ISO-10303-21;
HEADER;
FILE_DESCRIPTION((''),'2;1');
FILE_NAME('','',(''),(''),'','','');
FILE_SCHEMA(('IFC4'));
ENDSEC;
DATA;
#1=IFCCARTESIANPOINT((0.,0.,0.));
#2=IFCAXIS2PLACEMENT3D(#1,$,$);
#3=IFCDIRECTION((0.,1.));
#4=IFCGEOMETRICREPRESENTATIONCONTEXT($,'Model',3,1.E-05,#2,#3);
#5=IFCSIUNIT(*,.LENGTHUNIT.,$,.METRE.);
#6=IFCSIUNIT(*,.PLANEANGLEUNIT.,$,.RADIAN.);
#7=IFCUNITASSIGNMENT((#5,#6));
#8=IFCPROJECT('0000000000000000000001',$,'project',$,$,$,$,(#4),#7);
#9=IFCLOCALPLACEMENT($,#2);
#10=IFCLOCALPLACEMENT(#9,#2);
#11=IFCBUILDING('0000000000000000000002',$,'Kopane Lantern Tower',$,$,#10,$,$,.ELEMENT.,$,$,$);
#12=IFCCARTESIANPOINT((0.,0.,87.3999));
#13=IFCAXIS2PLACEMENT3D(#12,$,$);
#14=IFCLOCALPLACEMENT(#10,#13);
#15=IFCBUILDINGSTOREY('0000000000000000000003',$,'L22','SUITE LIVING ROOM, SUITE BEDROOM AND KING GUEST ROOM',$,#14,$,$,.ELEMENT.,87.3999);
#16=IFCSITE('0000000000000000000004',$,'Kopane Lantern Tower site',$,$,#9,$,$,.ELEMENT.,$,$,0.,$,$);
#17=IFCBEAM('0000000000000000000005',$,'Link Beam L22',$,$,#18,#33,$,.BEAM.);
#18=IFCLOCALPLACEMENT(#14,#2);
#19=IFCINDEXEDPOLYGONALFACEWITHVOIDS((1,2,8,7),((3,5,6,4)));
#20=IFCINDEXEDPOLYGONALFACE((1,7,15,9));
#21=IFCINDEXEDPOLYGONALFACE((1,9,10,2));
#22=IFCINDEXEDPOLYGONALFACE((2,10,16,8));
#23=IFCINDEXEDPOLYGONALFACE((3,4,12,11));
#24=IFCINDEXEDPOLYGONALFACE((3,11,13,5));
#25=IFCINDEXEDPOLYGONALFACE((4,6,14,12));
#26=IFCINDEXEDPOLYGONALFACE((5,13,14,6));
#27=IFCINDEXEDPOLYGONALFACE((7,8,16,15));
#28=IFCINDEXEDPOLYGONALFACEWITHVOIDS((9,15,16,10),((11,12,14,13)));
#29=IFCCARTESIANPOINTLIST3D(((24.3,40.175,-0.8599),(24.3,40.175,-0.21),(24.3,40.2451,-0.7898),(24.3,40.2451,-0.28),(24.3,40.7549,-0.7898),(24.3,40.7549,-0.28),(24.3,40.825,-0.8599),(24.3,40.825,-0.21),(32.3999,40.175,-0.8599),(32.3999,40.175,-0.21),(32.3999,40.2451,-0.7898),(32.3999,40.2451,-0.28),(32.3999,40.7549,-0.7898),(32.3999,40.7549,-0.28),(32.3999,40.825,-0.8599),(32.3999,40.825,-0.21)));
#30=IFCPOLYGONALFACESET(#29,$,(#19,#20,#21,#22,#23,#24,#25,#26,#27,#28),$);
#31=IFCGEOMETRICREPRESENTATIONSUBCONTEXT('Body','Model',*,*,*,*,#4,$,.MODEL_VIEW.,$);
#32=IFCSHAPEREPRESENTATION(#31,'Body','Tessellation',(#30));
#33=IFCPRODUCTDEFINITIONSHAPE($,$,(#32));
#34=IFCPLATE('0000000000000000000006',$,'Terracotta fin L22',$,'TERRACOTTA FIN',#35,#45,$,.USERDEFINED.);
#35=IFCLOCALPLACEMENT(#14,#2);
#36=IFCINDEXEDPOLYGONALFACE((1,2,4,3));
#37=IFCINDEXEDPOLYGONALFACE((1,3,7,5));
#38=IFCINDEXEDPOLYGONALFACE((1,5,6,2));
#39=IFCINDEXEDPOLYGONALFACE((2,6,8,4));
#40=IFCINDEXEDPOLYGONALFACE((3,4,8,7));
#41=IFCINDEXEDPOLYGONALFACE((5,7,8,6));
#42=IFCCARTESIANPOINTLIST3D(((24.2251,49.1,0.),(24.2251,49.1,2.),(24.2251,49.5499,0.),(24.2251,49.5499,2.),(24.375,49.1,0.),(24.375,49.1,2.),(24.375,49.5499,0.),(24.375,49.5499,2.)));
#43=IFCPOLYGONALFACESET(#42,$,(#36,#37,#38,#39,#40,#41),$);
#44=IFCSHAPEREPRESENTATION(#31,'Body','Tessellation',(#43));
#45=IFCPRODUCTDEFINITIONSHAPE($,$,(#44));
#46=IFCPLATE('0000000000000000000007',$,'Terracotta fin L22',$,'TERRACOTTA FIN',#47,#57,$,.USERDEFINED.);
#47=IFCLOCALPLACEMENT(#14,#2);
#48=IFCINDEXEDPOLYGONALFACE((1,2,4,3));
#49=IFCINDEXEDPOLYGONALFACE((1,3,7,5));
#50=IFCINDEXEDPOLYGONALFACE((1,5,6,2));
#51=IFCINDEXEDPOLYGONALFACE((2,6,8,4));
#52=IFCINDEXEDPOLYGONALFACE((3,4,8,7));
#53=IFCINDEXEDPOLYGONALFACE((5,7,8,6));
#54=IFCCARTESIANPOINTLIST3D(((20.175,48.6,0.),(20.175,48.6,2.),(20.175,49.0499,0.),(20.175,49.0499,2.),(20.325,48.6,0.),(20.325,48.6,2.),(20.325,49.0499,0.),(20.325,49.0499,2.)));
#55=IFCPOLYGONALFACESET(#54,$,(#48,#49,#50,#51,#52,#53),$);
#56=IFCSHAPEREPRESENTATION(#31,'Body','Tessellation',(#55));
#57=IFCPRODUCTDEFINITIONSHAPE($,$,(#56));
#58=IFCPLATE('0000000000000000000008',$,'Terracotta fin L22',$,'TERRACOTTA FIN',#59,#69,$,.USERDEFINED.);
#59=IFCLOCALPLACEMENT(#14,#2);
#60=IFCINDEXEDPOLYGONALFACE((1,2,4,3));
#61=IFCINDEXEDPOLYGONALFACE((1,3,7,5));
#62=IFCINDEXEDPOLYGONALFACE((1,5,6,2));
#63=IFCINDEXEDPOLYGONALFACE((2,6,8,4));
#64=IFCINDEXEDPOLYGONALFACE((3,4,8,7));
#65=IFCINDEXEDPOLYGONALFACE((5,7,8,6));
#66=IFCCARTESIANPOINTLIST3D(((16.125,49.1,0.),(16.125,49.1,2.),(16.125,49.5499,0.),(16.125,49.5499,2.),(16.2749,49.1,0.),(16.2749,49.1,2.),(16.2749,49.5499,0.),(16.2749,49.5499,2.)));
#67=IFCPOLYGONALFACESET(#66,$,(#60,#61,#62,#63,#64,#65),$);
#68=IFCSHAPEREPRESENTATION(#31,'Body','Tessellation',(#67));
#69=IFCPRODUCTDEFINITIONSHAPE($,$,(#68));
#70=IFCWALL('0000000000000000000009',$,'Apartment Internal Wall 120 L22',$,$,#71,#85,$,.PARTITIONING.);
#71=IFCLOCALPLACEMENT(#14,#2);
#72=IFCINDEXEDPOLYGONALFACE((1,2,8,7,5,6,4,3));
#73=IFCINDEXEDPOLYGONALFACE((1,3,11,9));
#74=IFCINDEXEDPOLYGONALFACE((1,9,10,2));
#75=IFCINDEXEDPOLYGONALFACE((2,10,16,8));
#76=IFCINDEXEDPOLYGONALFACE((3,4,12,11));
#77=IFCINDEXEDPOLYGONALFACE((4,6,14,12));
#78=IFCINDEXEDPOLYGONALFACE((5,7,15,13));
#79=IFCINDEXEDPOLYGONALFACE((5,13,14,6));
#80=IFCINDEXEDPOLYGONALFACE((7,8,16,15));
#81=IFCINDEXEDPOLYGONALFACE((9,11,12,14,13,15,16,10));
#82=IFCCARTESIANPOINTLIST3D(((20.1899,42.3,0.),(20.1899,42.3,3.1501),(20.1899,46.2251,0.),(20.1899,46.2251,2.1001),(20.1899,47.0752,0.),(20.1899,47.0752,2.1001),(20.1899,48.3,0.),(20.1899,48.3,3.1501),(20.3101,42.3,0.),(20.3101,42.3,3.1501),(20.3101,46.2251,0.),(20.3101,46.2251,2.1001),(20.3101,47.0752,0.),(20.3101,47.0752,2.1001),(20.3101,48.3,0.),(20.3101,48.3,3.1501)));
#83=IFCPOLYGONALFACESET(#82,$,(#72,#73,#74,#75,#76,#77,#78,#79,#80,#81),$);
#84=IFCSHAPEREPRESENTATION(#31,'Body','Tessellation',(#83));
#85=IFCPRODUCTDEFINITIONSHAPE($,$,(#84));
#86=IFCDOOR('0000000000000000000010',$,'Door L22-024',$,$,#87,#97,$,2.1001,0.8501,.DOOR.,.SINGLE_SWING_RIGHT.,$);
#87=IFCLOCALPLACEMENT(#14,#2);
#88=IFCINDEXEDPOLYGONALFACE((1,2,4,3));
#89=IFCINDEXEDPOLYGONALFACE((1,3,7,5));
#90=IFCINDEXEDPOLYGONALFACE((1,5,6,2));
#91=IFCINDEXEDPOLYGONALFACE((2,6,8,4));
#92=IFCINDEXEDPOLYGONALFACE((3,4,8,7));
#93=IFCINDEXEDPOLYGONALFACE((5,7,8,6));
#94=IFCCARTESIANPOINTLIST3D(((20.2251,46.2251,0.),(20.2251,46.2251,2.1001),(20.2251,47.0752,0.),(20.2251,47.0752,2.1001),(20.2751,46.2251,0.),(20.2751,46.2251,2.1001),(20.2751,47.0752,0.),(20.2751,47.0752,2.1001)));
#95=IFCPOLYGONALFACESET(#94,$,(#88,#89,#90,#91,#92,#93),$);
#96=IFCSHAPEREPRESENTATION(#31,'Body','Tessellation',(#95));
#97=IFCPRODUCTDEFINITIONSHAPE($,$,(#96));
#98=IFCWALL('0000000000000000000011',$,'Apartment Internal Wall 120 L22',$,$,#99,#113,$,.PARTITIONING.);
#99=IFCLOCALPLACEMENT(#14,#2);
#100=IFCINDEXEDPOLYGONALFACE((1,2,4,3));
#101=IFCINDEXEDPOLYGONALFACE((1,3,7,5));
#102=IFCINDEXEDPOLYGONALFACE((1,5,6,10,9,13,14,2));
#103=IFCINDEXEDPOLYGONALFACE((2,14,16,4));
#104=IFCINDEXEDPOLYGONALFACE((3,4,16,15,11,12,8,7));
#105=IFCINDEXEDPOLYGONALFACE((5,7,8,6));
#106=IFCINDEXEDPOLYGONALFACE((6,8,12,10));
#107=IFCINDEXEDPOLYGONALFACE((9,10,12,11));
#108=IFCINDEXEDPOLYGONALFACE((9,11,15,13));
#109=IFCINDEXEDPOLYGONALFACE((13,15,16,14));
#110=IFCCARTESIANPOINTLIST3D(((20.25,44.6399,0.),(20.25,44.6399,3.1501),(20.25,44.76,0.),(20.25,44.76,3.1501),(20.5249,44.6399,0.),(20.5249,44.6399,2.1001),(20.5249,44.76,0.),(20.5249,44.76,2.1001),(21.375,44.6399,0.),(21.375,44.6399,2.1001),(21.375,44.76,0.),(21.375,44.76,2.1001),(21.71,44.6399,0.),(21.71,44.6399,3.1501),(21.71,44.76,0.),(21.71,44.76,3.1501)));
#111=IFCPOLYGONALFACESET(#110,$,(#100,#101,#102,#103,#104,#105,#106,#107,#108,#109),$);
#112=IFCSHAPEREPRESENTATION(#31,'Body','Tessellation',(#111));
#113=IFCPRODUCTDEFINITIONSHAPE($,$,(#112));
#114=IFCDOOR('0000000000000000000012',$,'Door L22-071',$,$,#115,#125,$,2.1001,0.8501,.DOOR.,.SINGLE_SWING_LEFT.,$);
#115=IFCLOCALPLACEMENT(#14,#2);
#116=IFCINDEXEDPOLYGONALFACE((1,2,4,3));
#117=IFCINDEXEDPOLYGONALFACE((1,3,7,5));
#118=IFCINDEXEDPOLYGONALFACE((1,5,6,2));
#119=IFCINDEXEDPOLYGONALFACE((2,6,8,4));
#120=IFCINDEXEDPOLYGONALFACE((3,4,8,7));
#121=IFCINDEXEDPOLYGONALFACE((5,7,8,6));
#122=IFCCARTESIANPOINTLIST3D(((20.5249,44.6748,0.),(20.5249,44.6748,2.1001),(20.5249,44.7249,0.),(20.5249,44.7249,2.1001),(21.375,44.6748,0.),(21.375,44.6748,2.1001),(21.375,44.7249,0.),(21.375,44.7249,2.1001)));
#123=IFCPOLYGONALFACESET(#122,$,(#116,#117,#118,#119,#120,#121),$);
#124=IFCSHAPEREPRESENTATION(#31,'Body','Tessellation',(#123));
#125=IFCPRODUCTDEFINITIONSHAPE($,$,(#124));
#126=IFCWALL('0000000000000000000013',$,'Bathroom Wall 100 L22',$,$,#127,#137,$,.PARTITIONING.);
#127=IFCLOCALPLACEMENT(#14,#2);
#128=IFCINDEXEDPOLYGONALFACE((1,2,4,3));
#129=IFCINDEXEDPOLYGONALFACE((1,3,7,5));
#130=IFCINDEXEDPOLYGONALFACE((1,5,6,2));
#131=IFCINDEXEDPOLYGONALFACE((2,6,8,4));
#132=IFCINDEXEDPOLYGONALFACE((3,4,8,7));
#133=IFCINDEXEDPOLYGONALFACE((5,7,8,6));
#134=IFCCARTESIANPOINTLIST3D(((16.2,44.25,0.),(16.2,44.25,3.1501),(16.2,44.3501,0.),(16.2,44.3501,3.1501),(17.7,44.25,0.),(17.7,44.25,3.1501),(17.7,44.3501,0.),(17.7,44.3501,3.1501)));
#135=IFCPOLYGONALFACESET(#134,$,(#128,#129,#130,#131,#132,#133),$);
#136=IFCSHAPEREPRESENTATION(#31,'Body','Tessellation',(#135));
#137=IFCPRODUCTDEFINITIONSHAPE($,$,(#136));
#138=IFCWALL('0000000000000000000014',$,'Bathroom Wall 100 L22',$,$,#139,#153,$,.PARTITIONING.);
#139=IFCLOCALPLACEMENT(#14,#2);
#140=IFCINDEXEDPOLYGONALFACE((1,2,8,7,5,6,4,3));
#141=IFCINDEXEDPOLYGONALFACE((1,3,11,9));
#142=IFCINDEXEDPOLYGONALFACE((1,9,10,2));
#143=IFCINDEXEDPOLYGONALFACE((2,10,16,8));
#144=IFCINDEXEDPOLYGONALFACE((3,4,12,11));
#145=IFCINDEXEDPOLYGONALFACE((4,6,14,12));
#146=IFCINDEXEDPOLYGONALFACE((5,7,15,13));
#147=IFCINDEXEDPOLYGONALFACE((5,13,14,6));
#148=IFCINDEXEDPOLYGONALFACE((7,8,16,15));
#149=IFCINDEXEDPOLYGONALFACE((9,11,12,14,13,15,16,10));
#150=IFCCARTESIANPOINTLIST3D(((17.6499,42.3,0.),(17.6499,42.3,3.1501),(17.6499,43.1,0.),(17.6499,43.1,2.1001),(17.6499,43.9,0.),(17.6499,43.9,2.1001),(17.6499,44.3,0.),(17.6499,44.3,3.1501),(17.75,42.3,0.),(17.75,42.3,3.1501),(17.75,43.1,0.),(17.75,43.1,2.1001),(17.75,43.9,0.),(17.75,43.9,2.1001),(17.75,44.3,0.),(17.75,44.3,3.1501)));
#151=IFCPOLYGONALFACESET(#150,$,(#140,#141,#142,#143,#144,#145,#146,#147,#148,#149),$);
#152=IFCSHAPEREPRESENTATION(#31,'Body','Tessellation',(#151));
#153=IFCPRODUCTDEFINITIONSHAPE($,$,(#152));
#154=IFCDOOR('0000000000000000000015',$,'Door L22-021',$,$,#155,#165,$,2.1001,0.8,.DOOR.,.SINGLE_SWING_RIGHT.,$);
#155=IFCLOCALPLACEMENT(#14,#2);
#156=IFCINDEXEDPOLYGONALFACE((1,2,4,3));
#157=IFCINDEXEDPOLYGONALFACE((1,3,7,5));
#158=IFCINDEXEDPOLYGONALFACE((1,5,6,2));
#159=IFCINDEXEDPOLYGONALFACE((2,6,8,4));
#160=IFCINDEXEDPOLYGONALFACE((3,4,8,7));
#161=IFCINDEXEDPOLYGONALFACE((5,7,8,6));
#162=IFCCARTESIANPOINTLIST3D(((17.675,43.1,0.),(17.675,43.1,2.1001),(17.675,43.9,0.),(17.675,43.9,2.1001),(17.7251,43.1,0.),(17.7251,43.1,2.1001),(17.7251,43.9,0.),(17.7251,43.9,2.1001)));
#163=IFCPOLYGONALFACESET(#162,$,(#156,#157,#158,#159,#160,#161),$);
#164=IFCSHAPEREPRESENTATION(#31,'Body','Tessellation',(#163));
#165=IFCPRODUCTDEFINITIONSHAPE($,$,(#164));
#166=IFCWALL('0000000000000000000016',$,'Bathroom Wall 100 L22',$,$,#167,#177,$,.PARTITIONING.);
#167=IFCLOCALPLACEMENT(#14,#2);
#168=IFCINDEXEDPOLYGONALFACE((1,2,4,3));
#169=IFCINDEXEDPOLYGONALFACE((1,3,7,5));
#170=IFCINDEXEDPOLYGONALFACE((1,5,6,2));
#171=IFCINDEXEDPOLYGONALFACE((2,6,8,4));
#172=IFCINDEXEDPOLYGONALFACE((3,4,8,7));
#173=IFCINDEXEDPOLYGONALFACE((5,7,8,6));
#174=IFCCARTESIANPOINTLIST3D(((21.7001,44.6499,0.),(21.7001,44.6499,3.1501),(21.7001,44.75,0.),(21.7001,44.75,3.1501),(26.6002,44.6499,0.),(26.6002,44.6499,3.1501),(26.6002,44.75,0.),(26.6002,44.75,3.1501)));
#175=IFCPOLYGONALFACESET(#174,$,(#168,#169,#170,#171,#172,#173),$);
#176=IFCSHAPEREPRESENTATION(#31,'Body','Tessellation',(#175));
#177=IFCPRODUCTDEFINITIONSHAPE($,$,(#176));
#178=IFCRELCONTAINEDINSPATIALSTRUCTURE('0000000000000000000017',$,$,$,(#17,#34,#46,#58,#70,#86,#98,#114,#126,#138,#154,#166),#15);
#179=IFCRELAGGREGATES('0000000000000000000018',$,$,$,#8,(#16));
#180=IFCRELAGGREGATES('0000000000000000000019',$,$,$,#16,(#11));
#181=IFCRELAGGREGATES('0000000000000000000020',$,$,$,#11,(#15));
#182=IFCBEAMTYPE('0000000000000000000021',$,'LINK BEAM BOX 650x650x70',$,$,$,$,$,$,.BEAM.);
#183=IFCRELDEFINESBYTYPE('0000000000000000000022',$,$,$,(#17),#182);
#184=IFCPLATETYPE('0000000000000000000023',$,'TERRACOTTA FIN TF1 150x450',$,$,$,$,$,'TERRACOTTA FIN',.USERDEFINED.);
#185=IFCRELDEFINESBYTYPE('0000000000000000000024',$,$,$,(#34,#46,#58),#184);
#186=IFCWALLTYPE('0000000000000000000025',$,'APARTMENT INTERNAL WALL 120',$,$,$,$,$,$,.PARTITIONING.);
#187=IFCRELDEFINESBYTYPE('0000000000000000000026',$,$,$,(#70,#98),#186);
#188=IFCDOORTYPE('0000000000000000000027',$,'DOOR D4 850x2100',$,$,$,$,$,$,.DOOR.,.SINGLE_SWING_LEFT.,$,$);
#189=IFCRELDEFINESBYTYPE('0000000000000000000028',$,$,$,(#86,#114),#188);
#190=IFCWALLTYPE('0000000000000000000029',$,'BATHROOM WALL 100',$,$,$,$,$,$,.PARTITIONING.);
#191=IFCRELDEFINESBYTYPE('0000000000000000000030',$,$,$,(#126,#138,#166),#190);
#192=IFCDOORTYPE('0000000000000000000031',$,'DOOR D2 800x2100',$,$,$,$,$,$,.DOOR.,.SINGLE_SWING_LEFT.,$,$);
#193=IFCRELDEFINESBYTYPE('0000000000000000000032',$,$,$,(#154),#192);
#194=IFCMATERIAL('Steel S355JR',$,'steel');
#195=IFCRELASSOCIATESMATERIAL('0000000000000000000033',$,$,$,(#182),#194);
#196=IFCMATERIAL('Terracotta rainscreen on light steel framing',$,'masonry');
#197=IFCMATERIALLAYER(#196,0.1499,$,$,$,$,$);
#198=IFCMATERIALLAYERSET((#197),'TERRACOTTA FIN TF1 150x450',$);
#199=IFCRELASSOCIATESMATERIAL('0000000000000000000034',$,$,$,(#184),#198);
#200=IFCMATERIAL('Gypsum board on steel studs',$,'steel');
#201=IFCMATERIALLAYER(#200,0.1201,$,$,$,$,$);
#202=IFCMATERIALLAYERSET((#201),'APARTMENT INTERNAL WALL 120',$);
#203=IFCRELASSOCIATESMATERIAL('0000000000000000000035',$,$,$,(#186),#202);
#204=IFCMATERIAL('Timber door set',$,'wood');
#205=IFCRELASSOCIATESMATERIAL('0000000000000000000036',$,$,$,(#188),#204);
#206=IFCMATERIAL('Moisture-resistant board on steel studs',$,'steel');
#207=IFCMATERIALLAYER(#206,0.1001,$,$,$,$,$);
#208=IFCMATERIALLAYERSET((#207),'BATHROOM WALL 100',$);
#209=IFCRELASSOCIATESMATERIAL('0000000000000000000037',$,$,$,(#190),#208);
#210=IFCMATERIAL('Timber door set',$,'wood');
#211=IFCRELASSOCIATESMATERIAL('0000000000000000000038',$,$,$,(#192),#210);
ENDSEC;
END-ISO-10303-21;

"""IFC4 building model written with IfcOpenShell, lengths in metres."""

from ifc_helpers import new_model, si_unit, direction, frame, frame_2d, origin, origin_2d, place, context, subcontext, project, spatial, rectangle, hollow_rectangle, extrude, material, layer, layer_set, material_profile, profile_set, type_object, element, fill, save


model = new_model("IFC4")

# Units and contexts
model_context = context("Model", 3, precision=1e-05, world=origin(), true_north=direction((0.0, 1.0)))
body_context = subcontext(model_context, "Body", "Model", "MODEL_VIEW")
ifc_project = project(units=[si_unit("LENGTHUNIT", "METRE"), si_unit("PLANEANGLEUNIT", "RADIAN")], contexts=[model_context])

# Site, building, storey
site_placement = place(None, origin())
site = spatial("IfcSite", under=ifc_project, at=site_placement, Name="Kopane Lantern Tower site", CompositionType="ELEMENT", RefElevation=0.0)
building_placement = place(site_placement, origin())
building = spatial("IfcBuilding", under=site, at=building_placement, Name="Kopane Lantern Tower", CompositionType="ELEMENT")
storey_placement = place(building_placement, frame((0.0, 0.0, 87.3999)))
storey = spatial("IfcBuildingStorey", under=building, at=storey_placement, Name="L22", Description="SUITE LIVING ROOM, SUITE BEDROOM AND KING GUEST ROOM", CompositionType="ELEMENT", Elevation=87.3999)

# Beam
ifc_material_1 = material(Name="Steel S355JR", Category="steel")
ifc_material_profile_1 = material_profile(ifc_material_1, hollow_rectangle(XDim=0.6499, YDim=0.6499, WallThickness=0.0701, at=origin_2d()), Name="BOX 650x650x70")
ifc_profile_set_1 = profile_set([ifc_material_profile_1], Name="Steel S355JR")
beam_type_1 = type_object("IfcBeamType", Name="LINK BEAM BOX 650x650x70", PredefinedType="BEAM", material=ifc_profile_set_1)
beam_1_placement = place(storey_placement, frame((24.3, 40.5, -0.5349), z_axis=(1.0, 0.0, 0.0), x_axis=(0.0, 1.0, 0.0)))
element("IfcBeam", 1, at=beam_1_placement, inside=storey, type_object=beam_type_1, Name="Link Beam L22", PredefinedType="BEAM", context=body_context, shape_type="SweptSolid", body=[
    extrude(hollow_rectangle(XDim=0.6499, YDim=0.6499, WallThickness=0.0701, at=origin_2d()), origin(), (0.0, 0.0, 1.0), 8.0999),
])

# Plates
ifc_material_2 = material(Name="Terracotta rainscreen on light steel framing", Category="masonry")
ifc_layer_1 = layer(ifc_material_2, 0.1499)
ifc_layer_set_1 = layer_set([ifc_layer_1], Name="TERRACOTTA FIN TF1 150x450")
plate_type = type_object("IfcPlateType", Name="TERRACOTTA FIN TF1 150x450", ElementType="TERRACOTTA FIN", PredefinedType="USERDEFINED", material=ifc_layer_set_1)
for number, where, z_axis, x_axis, name in (
    (2, (24.3, 49.325, 0.0), (0.0, 0.0, 1.0), (-1.0, 0.0, 0.0), "Terracotta fin L22"),
    (3, (20.25, 48.825, 0.0), (0.0, 0.0, 1.0), (-1.0, 0.0, 0.0), "Terracotta fin L22"),
    (4, (16.2, 49.325, 0.0), (0.0, 0.0, 1.0), (-1.0, 0.0, 0.0), "Terracotta fin L22"),
):
    element("IfcPlate", number, at=place(storey_placement, frame(where, z_axis=z_axis, x_axis=x_axis)), inside=storey, type_object=plate_type, Name=name, ObjectType="TERRACOTTA FIN", PredefinedType="USERDEFINED", context=body_context, shape_type="SweptSolid", body=[
        extrude(rectangle(XDim=0.1499, YDim=0.45, at=origin_2d()), origin(), (0.0, 0.0, 1.0), 2.0),
    ])

# Walls, openings, doors
ifc_material_3 = material(Name="Gypsum board on steel studs", Category="steel")
ifc_layer_2 = layer(ifc_material_3, 0.1201)
ifc_layer_set_2 = layer_set([ifc_layer_2], Name="APARTMENT INTERNAL WALL 120")
wall_type_1 = type_object("IfcWallType", Name="APARTMENT INTERNAL WALL 120", PredefinedType="PARTITIONING", material=ifc_layer_set_2)
wall_1_placement = place(storey_placement, frame((20.25, 42.3, 0.0), z_axis=(0.0, 0.0, 1.0), x_axis=(0.0, 1.0, 0.0)))
wall_1 = element("IfcWall", 5, at=wall_1_placement, inside=storey, type_object=wall_type_1, Name="Apartment Internal Wall 120 L22", PredefinedType="PARTITIONING", context=body_context, shape_type="SweptSolid", body=[
    extrude(rectangle(XDim=6.0, YDim=0.1201, at=frame_2d((3.0, 0.0))), origin(), (0.0, 0.0, 1.0), 3.1501),
])
opening_1_placement = place(wall_1_placement, frame((3.925, 0.0, 0.0)))
opening_1 = element("IfcOpeningElement", 6, at=opening_1_placement, cuts=wall_1, PredefinedType="OPENING", context=body_context, shape_type="SweptSolid", body=[
    extrude(rectangle(XDim=0.8501, YDim=2.1001, at=frame_2d((0.425, 1.05))), frame((0.0, 0.0701, 0.0), z_axis=(0.0, -1.0, 0.0), x_axis=(1.0, 0.0, 0.0)), (0.0, 0.0, 1.0), 0.1401),
])
ifc_material_4 = material(Name="Timber door set", Category="wood")
door_type_1 = type_object("IfcDoorType", Name="DOOR D4 850x2100", OperationType="SINGLE_SWING_LEFT", PredefinedType="DOOR", material=ifc_material_4)
door_1_placement = place(opening_1_placement, origin())
door_1 = element("IfcDoor", 7, at=door_1_placement, inside=storey, type_object=door_type_1, Name="Door L22-024", OperationType="SINGLE_SWING_RIGHT", OverallHeight=2.1001, OverallWidth=0.8501, PredefinedType="DOOR", context=body_context, shape_type="SweptSolid", body=[
    extrude(rectangle(XDim=0.8501, YDim=2.1001, at=frame_2d((0.425, 1.05))), frame((0.0, 0.0249, 0.0), z_axis=(0.0, -1.0, 0.0), x_axis=(1.0, 0.0, 0.0)), (0.0, 0.0, 1.0), 0.05),
])
fill(opening_1, door_1)
wall_2_placement = place(storey_placement, frame((20.25, 44.7, 0.0), z_axis=(0.0, 0.0, 1.0), x_axis=(1.0, 0.0, 0.0)))
wall_2 = element("IfcWall", 8, at=wall_2_placement, inside=storey, type_object=wall_type_1, Name="Apartment Internal Wall 120 L22", PredefinedType="PARTITIONING", context=body_context, shape_type="SweptSolid", body=[
    extrude(rectangle(XDim=1.46, YDim=0.1201, at=frame_2d((0.73, 0.0))), origin(), (0.0, 0.0, 1.0), 3.1501),
])
opening_2_placement = place(wall_2_placement, frame((0.2749, 0.0, 0.0)))
opening_2 = element("IfcOpeningElement", 9, at=opening_2_placement, cuts=wall_2, PredefinedType="OPENING", context=body_context, shape_type="SweptSolid", body=[
    extrude(rectangle(XDim=0.8501, YDim=2.1001, at=frame_2d((0.425, 1.05))), frame((0.0, 0.0701, 0.0), z_axis=(0.0, -1.0, 0.0), x_axis=(1.0, 0.0, 0.0)), (0.0, 0.0, 1.0), 0.1401),
])
door_2_placement = place(opening_2_placement, origin())
door_2 = element("IfcDoor", 10, at=door_2_placement, inside=storey, type_object=door_type_1, Name="Door L22-071", OperationType="SINGLE_SWING_LEFT", OverallHeight=2.1001, OverallWidth=0.8501, PredefinedType="DOOR", context=body_context, shape_type="SweptSolid", body=[
    extrude(rectangle(XDim=0.8501, YDim=2.1001, at=frame_2d((0.425, 1.05))), frame((0.0, 0.0249, 0.0), z_axis=(0.0, -1.0, 0.0), x_axis=(1.0, 0.0, 0.0)), (0.0, 0.0, 1.0), 0.05),
])
fill(opening_2, door_2)

# Wall
ifc_material_5 = material(Name="Moisture-resistant board on steel studs", Category="steel")
ifc_layer_3 = layer(ifc_material_5, 0.1001)
ifc_layer_set_3 = layer_set([ifc_layer_3], Name="BATHROOM WALL 100")
wall_type_2 = type_object("IfcWallType", Name="BATHROOM WALL 100", PredefinedType="PARTITIONING", material=ifc_layer_set_3)
wall_3_placement = place(storey_placement, frame((16.2, 44.3, 0.0), z_axis=(0.0, 0.0, 1.0), x_axis=(1.0, 0.0, 0.0)))
element("IfcWall", 11, at=wall_3_placement, inside=storey, type_object=wall_type_2, Name="Bathroom Wall 100 L22", PredefinedType="PARTITIONING", context=body_context, shape_type="SweptSolid", body=[
    extrude(rectangle(XDim=1.5, YDim=0.1001, at=frame_2d((0.75, 0.0))), origin(), (0.0, 0.0, 1.0), 3.1501),
])

# Wall, opening, door
wall_4_placement = place(storey_placement, frame((17.7, 42.3, 0.0), z_axis=(0.0, 0.0, 1.0), x_axis=(0.0, 1.0, 0.0)))
wall_4 = element("IfcWall", 12, at=wall_4_placement, inside=storey, type_object=wall_type_2, Name="Bathroom Wall 100 L22", PredefinedType="PARTITIONING", context=body_context, shape_type="SweptSolid", body=[
    extrude(rectangle(XDim=2.0, YDim=0.1001, at=frame_2d((1.0, 0.0))), origin(), (0.0, 0.0, 1.0), 3.1501),
])
opening_3_placement = place(wall_4_placement, frame((0.8, 0.0, 0.0)))
opening_3 = element("IfcOpeningElement", 13, at=opening_3_placement, cuts=wall_4, PredefinedType="OPENING", context=body_context, shape_type="SweptSolid", body=[
    extrude(rectangle(XDim=0.8, YDim=2.1001, at=frame_2d((0.3999, 1.05))), frame((0.0, 0.0601, 0.0), z_axis=(0.0, -1.0, 0.0), x_axis=(1.0, 0.0, 0.0)), (0.0, 0.0, 1.0), 0.1201),
])
ifc_material_6 = material(Name="Timber door set", Category="wood")
door_type_2 = type_object("IfcDoorType", Name="DOOR D2 800x2100", OperationType="SINGLE_SWING_LEFT", PredefinedType="DOOR", material=ifc_material_6)
door_3_placement = place(opening_3_placement, origin())
door_3 = element("IfcDoor", 14, at=door_3_placement, inside=storey, type_object=door_type_2, Name="Door L22-021", OperationType="SINGLE_SWING_RIGHT", OverallHeight=2.1001, OverallWidth=0.8, PredefinedType="DOOR", context=body_context, shape_type="SweptSolid", body=[
    extrude(rectangle(XDim=0.8, YDim=2.1001, at=frame_2d((0.3999, 1.05))), frame((0.0, 0.0249, 0.0), z_axis=(0.0, -1.0, 0.0), x_axis=(1.0, 0.0, 0.0)), (0.0, 0.0, 1.0), 0.05),
])
fill(opening_3, door_3)

# Wall
wall_5_placement = place(storey_placement, frame((21.7, 44.7, 0.0), z_axis=(0.0, 0.0, 1.0), x_axis=(1.0, 0.0, 0.0)))
element("IfcWall", 15, at=wall_5_placement, inside=storey, type_object=wall_type_2, Name="Bathroom Wall 100 L22", PredefinedType="PARTITIONING", context=body_context, shape_type="SweptSolid", body=[
    extrude(rectangle(XDim=4.9001, YDim=0.1001, at=frame_2d((2.4502, 0.0))), origin(), (0.0, 0.0, 1.0), 3.1501),
])

save(model, "model.ifc")
